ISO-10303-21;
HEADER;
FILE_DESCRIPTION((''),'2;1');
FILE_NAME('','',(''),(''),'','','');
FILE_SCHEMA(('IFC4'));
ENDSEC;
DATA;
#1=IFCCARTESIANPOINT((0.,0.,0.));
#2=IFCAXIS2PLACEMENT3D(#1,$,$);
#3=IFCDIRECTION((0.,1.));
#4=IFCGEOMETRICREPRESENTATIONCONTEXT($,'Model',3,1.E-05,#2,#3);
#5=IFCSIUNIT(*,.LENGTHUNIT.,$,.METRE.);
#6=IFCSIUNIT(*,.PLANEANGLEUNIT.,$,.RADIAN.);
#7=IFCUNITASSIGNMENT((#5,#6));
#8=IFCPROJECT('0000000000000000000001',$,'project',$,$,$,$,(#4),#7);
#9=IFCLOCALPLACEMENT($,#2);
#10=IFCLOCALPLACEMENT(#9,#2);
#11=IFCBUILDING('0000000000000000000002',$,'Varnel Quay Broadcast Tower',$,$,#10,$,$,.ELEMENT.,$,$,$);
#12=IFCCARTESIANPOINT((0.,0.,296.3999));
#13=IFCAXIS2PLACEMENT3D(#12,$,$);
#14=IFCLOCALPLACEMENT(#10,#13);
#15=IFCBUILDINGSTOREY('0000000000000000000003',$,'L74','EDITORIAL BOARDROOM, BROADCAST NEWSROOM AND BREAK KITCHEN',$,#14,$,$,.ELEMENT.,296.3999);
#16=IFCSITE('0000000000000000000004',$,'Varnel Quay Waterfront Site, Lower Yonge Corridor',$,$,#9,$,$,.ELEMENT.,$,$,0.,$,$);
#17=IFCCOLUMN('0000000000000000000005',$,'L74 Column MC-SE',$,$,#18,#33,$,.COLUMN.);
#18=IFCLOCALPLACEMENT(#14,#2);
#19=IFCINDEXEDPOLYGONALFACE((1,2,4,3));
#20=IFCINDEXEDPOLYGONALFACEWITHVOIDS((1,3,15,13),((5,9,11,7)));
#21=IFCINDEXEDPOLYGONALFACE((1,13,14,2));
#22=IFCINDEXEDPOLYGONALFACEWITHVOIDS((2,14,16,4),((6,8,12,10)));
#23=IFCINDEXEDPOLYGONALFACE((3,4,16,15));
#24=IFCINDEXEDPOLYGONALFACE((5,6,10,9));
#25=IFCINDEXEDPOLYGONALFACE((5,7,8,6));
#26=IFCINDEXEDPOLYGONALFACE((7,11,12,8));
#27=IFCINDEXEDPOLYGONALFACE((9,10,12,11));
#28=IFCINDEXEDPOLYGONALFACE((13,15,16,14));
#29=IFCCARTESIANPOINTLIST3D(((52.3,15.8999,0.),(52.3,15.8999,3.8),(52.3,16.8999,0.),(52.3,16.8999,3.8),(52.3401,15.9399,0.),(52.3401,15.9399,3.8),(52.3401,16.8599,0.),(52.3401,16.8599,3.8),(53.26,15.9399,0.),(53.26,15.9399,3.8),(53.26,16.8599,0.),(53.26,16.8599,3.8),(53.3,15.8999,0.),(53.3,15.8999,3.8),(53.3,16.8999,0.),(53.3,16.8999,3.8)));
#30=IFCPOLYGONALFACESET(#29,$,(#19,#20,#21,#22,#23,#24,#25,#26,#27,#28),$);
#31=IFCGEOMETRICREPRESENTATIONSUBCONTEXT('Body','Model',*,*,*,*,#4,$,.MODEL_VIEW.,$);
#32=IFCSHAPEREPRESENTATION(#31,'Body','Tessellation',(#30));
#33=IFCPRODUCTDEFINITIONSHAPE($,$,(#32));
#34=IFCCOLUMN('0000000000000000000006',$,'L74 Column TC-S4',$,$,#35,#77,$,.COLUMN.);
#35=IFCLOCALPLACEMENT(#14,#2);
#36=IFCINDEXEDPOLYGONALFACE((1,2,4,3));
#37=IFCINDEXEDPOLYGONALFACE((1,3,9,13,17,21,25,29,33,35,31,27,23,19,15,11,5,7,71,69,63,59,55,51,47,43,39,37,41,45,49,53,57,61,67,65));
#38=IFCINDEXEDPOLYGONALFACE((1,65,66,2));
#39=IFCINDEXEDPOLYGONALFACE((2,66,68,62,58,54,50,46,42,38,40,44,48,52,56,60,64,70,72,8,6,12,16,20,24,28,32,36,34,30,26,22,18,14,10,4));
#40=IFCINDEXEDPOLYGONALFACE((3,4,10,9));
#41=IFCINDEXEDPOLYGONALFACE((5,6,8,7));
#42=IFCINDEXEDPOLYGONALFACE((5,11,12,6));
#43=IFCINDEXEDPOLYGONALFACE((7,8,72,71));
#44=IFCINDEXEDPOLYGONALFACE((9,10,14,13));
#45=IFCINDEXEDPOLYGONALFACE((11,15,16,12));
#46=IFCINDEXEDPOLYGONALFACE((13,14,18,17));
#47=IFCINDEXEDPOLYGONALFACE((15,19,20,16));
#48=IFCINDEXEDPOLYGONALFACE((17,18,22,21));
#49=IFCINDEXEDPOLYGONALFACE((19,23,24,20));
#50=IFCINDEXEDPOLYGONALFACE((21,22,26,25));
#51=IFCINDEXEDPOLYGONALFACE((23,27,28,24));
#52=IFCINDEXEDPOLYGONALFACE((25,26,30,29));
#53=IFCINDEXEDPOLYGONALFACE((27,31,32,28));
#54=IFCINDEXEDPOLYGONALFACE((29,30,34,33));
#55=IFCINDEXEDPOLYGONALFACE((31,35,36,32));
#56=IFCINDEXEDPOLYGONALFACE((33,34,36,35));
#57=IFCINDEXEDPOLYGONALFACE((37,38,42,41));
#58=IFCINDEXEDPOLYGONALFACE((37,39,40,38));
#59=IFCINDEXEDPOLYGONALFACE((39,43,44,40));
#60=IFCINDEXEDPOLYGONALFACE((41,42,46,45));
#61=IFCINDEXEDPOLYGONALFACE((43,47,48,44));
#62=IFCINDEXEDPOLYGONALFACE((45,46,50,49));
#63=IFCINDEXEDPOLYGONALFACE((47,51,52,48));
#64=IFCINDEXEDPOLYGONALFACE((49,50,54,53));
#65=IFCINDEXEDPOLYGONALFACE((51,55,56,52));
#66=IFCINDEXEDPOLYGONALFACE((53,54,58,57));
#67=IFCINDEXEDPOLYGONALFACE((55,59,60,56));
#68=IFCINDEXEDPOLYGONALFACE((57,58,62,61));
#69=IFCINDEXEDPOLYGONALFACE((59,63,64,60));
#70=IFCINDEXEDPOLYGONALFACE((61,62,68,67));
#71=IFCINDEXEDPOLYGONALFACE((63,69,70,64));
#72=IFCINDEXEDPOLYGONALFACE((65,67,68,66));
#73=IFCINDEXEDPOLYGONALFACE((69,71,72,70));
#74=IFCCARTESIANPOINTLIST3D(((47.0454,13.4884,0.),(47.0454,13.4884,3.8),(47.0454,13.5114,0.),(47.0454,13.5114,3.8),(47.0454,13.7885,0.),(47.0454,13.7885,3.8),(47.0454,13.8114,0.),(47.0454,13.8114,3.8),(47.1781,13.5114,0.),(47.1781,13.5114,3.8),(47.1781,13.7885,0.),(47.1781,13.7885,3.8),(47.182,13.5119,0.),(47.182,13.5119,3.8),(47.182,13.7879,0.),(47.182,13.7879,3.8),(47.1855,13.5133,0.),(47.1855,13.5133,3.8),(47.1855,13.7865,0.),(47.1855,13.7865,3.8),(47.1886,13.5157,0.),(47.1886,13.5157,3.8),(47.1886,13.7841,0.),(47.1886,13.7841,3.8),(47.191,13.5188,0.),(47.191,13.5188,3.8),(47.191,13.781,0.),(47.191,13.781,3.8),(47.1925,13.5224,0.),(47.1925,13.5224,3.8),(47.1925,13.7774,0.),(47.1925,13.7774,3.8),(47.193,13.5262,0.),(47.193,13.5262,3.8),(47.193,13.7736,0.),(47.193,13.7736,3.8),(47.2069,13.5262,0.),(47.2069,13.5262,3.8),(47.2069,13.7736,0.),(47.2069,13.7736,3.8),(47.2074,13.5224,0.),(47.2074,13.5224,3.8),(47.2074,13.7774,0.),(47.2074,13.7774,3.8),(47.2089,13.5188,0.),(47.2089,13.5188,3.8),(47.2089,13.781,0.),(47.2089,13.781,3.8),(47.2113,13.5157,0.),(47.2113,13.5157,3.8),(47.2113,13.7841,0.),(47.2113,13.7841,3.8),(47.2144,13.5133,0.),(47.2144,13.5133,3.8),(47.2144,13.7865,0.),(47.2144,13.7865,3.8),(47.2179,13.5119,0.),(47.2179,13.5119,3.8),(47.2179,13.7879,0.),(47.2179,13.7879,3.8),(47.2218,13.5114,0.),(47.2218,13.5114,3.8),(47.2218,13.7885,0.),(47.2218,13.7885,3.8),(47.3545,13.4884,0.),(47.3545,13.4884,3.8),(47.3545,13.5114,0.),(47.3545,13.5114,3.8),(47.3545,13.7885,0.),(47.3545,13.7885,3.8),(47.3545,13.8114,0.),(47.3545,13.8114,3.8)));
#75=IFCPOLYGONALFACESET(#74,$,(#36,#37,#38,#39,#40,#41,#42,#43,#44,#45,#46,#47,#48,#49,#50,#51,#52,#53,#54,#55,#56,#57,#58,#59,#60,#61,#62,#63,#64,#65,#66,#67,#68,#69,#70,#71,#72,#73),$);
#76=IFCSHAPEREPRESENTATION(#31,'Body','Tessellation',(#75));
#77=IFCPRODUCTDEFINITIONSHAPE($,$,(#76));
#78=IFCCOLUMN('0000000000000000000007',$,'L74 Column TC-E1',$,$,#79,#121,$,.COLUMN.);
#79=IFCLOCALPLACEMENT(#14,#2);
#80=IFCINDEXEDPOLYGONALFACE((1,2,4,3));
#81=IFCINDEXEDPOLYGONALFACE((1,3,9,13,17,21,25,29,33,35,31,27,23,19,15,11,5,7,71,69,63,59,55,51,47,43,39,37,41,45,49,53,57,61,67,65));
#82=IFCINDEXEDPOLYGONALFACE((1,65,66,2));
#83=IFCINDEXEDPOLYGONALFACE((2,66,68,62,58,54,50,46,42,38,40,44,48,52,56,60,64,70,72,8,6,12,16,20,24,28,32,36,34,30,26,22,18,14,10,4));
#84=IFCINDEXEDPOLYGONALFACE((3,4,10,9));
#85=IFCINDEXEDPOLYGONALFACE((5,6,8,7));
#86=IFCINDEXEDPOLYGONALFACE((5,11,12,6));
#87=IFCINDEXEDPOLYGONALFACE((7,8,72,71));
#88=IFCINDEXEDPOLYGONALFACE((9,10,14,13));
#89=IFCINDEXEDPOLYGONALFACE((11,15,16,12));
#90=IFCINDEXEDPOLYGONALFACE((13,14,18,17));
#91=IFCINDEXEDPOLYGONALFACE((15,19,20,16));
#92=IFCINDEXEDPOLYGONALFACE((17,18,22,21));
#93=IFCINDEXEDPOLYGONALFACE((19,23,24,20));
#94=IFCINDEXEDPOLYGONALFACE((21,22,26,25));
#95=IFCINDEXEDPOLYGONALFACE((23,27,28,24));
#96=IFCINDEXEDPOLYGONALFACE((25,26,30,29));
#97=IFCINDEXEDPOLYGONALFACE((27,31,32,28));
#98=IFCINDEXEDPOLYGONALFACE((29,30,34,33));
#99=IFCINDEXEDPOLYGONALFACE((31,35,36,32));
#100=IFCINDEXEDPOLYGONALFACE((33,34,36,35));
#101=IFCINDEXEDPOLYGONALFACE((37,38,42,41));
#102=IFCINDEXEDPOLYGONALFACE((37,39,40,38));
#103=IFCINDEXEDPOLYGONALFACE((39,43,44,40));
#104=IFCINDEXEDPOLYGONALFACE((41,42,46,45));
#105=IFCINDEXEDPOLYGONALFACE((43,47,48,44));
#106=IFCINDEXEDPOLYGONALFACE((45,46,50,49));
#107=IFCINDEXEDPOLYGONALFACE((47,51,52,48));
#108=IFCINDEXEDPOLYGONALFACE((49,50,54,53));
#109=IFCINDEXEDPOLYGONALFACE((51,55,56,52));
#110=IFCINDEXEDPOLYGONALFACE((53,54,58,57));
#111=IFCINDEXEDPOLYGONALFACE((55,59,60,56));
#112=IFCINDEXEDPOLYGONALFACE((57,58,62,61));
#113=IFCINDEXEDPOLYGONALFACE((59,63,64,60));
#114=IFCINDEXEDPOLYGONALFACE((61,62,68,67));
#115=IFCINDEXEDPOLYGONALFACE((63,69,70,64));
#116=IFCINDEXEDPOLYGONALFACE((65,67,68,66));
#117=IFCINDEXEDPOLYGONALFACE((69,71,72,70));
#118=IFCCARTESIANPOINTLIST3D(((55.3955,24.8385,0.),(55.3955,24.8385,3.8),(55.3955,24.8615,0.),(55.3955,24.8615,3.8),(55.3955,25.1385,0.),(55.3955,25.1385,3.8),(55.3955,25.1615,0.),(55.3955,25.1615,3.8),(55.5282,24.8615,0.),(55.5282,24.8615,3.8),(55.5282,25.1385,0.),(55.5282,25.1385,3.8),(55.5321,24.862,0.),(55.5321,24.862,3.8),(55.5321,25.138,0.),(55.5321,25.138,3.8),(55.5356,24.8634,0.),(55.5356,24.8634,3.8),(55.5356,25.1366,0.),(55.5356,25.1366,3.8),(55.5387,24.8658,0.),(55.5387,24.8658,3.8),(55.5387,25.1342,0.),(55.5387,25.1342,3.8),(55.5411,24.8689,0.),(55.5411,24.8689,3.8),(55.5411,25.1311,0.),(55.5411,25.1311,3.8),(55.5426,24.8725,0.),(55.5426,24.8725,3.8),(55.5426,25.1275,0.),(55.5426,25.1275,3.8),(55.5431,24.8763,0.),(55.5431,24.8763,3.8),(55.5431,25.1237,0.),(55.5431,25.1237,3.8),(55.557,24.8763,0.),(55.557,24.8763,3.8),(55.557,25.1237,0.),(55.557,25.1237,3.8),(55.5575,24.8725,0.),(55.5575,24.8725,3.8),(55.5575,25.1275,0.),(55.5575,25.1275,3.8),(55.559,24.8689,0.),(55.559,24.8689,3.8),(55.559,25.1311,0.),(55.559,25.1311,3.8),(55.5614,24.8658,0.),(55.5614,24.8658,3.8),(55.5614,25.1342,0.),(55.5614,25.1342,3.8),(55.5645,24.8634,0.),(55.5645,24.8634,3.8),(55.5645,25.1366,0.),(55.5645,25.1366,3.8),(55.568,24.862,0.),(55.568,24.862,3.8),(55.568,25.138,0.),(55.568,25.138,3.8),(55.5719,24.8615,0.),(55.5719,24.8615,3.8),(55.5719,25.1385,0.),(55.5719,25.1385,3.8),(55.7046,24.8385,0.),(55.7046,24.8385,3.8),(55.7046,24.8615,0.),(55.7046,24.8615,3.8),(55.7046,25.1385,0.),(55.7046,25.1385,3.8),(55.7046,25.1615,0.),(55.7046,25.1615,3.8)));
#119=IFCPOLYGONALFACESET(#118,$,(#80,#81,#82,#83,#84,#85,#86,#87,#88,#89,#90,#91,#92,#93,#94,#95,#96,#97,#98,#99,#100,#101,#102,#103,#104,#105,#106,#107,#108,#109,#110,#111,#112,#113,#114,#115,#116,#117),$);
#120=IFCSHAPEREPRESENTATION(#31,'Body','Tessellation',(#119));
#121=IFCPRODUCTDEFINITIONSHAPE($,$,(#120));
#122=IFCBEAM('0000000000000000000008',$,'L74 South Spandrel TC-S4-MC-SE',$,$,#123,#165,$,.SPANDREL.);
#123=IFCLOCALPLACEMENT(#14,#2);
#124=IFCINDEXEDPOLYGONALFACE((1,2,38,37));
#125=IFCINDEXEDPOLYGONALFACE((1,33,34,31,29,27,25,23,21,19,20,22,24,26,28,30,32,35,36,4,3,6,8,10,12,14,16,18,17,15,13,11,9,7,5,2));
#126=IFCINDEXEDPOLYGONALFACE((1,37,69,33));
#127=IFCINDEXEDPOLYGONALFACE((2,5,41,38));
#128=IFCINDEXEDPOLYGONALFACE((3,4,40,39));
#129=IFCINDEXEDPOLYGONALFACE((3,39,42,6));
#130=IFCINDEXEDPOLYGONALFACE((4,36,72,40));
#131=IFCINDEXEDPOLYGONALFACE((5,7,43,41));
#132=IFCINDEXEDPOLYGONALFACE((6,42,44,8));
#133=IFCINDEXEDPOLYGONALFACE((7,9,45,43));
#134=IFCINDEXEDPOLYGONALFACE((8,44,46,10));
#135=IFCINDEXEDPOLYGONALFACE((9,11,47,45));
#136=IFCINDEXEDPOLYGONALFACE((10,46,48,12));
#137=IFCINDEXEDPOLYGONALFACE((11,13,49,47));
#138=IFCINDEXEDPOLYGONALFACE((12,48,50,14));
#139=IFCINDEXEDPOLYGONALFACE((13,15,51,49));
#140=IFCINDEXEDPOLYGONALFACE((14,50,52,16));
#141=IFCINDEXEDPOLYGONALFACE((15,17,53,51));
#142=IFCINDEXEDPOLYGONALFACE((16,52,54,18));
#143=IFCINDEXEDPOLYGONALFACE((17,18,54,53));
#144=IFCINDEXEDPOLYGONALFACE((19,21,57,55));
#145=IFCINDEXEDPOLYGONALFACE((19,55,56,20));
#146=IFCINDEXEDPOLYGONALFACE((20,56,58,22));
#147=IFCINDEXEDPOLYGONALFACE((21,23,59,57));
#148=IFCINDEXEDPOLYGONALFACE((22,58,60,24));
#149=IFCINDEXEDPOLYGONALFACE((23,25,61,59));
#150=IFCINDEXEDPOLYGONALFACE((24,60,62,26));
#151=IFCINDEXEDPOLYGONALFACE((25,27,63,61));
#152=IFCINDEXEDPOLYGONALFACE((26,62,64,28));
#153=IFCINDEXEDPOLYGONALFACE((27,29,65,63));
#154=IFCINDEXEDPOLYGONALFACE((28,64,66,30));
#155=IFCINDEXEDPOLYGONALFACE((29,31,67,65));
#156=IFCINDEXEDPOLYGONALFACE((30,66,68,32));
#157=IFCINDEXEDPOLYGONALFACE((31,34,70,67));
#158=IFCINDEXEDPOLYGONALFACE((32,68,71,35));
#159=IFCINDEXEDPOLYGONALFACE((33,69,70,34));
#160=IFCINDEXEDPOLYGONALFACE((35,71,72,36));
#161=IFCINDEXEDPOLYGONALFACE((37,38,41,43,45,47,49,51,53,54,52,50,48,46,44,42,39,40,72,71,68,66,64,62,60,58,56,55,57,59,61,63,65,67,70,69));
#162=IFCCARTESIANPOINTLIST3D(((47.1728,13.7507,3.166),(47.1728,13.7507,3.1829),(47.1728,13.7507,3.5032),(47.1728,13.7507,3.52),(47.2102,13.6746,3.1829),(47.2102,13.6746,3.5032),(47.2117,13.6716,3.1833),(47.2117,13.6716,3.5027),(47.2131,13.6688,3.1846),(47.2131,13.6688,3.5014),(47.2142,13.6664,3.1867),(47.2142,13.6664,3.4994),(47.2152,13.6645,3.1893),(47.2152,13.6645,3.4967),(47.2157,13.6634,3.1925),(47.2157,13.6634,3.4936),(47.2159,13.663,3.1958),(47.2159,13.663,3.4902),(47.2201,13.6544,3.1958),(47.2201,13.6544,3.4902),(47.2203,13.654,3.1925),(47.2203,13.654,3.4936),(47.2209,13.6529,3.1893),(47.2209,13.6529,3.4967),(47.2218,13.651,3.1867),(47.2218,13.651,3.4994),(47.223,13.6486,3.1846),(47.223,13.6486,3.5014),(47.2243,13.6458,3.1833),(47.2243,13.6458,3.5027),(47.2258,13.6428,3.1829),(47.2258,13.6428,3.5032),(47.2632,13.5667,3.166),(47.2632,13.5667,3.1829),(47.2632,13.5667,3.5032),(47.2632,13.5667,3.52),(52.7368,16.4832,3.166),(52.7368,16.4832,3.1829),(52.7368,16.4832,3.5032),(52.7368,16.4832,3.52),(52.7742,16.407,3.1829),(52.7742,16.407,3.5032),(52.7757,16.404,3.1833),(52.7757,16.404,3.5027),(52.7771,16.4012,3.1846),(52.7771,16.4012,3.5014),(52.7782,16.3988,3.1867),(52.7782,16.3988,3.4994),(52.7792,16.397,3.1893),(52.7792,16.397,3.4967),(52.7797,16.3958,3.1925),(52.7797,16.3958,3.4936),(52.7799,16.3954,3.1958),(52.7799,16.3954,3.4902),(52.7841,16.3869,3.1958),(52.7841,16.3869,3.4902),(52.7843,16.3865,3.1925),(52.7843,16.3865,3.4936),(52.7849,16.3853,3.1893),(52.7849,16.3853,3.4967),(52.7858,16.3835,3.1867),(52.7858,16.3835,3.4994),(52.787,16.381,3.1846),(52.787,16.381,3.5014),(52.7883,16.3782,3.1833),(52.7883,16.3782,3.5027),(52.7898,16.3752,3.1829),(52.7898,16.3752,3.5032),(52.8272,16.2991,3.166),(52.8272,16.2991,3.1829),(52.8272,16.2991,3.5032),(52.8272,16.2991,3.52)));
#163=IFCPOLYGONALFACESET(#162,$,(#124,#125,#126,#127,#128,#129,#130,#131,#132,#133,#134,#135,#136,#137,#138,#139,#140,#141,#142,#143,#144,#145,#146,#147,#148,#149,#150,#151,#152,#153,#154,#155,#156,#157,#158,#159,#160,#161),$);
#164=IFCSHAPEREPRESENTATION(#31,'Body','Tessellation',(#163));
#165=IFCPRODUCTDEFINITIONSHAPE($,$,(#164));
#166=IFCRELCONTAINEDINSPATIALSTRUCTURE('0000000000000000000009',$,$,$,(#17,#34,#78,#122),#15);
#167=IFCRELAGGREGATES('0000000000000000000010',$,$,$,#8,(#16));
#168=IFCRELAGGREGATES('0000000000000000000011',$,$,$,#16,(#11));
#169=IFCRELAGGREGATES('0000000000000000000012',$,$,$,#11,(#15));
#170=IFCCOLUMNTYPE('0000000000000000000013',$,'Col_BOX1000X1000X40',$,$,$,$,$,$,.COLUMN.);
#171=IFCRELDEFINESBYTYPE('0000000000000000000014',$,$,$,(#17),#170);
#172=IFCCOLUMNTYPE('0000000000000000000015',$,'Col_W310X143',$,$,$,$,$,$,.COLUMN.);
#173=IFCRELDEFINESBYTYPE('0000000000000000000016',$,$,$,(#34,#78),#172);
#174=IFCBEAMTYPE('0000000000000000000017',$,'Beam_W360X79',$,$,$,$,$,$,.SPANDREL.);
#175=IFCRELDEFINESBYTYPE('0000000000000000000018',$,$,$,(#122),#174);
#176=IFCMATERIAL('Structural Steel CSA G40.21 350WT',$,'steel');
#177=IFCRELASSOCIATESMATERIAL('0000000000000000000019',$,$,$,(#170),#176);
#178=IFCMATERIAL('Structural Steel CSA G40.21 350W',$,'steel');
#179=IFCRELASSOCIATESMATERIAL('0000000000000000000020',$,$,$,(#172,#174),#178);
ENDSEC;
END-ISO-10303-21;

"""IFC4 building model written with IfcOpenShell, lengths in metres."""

from ifc_helpers import new_model, si_unit, direction, frame, origin, origin_2d, place, context, subcontext, project, spatial, hollow_rectangle, i_section, extrude, source, transform, mapped, material, material_profile, profile_set, type_object, type_shapes, element, save


model = new_model("IFC4")

# Units and contexts
model_context = context("Model", 3, precision=1e-05, world=origin(), true_north=direction((0.0, 1.0)))
body_context = subcontext(model_context, "Body", "Model", "MODEL_VIEW")
ifc_project = project(units=[si_unit("LENGTHUNIT", "METRE"), si_unit("PLANEANGLEUNIT", "RADIAN")], contexts=[model_context])

# Site, building, storey
site_placement = place(None, origin())
site = spatial("IfcSite", under=ifc_project, at=site_placement, Name="Varnel Quay Waterfront Site, Lower Yonge Corridor", CompositionType="ELEMENT", RefElevation=0.0)
building_placement = place(site_placement, origin())
building = spatial("IfcBuilding", under=site, at=building_placement, Name="Varnel Quay Broadcast Tower", CompositionType="ELEMENT")
storey_placement = place(building_placement, frame((0.0, 0.0, 296.3999)))
storey = spatial("IfcBuildingStorey", under=building, at=storey_placement, Name="L74", Description="EDITORIAL BOARDROOM, BROADCAST NEWSROOM AND BREAK KITCHEN", CompositionType="ELEMENT", Elevation=296.3999)

# Columns
ifc_material_1 = material(Name="Structural Steel CSA G40.21 350WT", Category="steel")
ifc_material_profile_1 = material_profile(ifc_material_1, hollow_rectangle(XDim=1.0, YDim=1.0, WallThickness=0.04, at=origin_2d()), Name="BOX1000X1000X40")
ifc_profile_set_1 = profile_set([ifc_material_profile_1], Name="Structural Steel CSA G40.21 350WT")
column_type_1 = type_object("IfcColumnType", Name="Col_BOX1000X1000X40", PredefinedType="COLUMN", material=ifc_profile_set_1)
shared_shape_1 = source(origin(), body_context, "Body", "SweptSolid", [
    extrude(hollow_rectangle(XDim=1.0, YDim=1.0, WallThickness=0.04, at=origin_2d()), origin(), (0.0, 0.0, 1.0), 3.8),
])
type_shapes(column_type_1, [shared_shape_1])
column_placement = place(storey_placement, frame((52.8, 16.3999, 0.0), z_axis=(0.0, 0.0, 1.0), x_axis=(1.0, 0.0, 0.0)))
element("IfcColumn", 1, at=column_placement, inside=storey, type_object=column_type_1, Name="L74 Column MC-SE", PredefinedType="COLUMN", context=body_context, shape_type="MappedRepresentation", body=[
    mapped(shared_shape_1, transform((0.0, 0.0, 0.0), x_axis=(1.0, 0.0, 0.0), y_axis=(0.0, 1.0, 0.0), z_axis=(0.0, 0.0, 1.0), scale=1.0)),
])
ifc_material_2 = material(Name="Structural Steel CSA G40.21 350W", Category="steel")
ifc_material_profile_2 = material_profile(ifc_material_2, i_section(OverallWidth=0.3091, OverallDepth=0.323, WebThickness=0.0139, FlangeThickness=0.0229, FilletRadius=0.0149, at=origin_2d()), Name="W310X143")
ifc_profile_set_2 = profile_set([ifc_material_profile_2], Name="Structural Steel CSA G40.21 350W")
column_type_2 = type_object("IfcColumnType", Name="Col_W310X143", PredefinedType="COLUMN", material=ifc_profile_set_2)
shared_shape_2 = source(origin(), body_context, "Body", "SweptSolid", [
    extrude(i_section(OverallWidth=0.3091, OverallDepth=0.323, WebThickness=0.0139, FlangeThickness=0.0229, FilletRadius=0.0149, at=origin_2d()), origin(), (0.0, 0.0, 1.0), 3.8),
])
type_shapes(column_type_2, [shared_shape_2])
for number, where, z_axis, x_axis, name in (
    (2, (47.2, 13.6499, 0.0), (0.0, 0.0, 1.0), (1.0, 0.0, 0.0), "L74 Column TC-S4"),
    (3, (55.55, 25.0, 0.0), (0.0, 0.0, 1.0), (1.0, 0.0, 0.0), "L74 Column TC-E1"),
):
    element("IfcColumn", number, at=place(storey_placement, frame(where, z_axis=z_axis, x_axis=x_axis)), inside=storey, type_object=column_type_2, Name=name, PredefinedType="COLUMN", context=body_context, shape_type="MappedRepresentation", body=[
        mapped(shared_shape_2, transform((0.0, 0.0, 0.0), x_axis=(1.0, 0.0, 0.0), y_axis=(0.0, 1.0, 0.0), z_axis=(0.0, 0.0, 1.0), scale=1.0)),
    ])

# Beam
ifc_material_profile_3 = material_profile(ifc_material_2, i_section(OverallWidth=0.2051, OverallDepth=0.354, WebThickness=0.0095, FlangeThickness=0.0168, FilletRadius=0.0129, at=origin_2d()), Name="W360X79")
ifc_profile_set_3 = profile_set([ifc_material_profile_3], Name="Structural Steel CSA G40.21 350W")
beam_type = type_object("IfcBeamType", Name="Beam_W360X79", PredefinedType="SPANDREL", material=ifc_profile_set_3)
shared_shape_3 = source(origin(), body_context, "Body", "SweptSolid", [
    extrude(i_section(OverallWidth=0.2051, OverallDepth=0.354, WebThickness=0.0095, FlangeThickness=0.0168, FilletRadius=0.0129, at=origin_2d()), origin(), (0.0, 0.0, 1.0), 6.1987),
])
beam_1_placement = place(storey_placement, frame((47.218, 13.6587, 3.343), z_axis=(0.897602, 0.440806, 0.0), x_axis=(-0.440806, 0.897602, 0.0)))
element("IfcBeam", 4, at=beam_1_placement, inside=storey, type_object=beam_type, Name="L74 South Spandrel TC-S4-MC-SE", PredefinedType="SPANDREL", context=body_context, shape_type="MappedRepresentation", body=[
    mapped(shared_shape_3, transform((0.0, 0.0, 0.0), x_axis=(1.0, 0.0, 0.0), y_axis=(0.0, 1.0, 0.0), z_axis=(0.0, 0.0, 1.0), scale=1.0)),
])

save(model, "model.ifc")
